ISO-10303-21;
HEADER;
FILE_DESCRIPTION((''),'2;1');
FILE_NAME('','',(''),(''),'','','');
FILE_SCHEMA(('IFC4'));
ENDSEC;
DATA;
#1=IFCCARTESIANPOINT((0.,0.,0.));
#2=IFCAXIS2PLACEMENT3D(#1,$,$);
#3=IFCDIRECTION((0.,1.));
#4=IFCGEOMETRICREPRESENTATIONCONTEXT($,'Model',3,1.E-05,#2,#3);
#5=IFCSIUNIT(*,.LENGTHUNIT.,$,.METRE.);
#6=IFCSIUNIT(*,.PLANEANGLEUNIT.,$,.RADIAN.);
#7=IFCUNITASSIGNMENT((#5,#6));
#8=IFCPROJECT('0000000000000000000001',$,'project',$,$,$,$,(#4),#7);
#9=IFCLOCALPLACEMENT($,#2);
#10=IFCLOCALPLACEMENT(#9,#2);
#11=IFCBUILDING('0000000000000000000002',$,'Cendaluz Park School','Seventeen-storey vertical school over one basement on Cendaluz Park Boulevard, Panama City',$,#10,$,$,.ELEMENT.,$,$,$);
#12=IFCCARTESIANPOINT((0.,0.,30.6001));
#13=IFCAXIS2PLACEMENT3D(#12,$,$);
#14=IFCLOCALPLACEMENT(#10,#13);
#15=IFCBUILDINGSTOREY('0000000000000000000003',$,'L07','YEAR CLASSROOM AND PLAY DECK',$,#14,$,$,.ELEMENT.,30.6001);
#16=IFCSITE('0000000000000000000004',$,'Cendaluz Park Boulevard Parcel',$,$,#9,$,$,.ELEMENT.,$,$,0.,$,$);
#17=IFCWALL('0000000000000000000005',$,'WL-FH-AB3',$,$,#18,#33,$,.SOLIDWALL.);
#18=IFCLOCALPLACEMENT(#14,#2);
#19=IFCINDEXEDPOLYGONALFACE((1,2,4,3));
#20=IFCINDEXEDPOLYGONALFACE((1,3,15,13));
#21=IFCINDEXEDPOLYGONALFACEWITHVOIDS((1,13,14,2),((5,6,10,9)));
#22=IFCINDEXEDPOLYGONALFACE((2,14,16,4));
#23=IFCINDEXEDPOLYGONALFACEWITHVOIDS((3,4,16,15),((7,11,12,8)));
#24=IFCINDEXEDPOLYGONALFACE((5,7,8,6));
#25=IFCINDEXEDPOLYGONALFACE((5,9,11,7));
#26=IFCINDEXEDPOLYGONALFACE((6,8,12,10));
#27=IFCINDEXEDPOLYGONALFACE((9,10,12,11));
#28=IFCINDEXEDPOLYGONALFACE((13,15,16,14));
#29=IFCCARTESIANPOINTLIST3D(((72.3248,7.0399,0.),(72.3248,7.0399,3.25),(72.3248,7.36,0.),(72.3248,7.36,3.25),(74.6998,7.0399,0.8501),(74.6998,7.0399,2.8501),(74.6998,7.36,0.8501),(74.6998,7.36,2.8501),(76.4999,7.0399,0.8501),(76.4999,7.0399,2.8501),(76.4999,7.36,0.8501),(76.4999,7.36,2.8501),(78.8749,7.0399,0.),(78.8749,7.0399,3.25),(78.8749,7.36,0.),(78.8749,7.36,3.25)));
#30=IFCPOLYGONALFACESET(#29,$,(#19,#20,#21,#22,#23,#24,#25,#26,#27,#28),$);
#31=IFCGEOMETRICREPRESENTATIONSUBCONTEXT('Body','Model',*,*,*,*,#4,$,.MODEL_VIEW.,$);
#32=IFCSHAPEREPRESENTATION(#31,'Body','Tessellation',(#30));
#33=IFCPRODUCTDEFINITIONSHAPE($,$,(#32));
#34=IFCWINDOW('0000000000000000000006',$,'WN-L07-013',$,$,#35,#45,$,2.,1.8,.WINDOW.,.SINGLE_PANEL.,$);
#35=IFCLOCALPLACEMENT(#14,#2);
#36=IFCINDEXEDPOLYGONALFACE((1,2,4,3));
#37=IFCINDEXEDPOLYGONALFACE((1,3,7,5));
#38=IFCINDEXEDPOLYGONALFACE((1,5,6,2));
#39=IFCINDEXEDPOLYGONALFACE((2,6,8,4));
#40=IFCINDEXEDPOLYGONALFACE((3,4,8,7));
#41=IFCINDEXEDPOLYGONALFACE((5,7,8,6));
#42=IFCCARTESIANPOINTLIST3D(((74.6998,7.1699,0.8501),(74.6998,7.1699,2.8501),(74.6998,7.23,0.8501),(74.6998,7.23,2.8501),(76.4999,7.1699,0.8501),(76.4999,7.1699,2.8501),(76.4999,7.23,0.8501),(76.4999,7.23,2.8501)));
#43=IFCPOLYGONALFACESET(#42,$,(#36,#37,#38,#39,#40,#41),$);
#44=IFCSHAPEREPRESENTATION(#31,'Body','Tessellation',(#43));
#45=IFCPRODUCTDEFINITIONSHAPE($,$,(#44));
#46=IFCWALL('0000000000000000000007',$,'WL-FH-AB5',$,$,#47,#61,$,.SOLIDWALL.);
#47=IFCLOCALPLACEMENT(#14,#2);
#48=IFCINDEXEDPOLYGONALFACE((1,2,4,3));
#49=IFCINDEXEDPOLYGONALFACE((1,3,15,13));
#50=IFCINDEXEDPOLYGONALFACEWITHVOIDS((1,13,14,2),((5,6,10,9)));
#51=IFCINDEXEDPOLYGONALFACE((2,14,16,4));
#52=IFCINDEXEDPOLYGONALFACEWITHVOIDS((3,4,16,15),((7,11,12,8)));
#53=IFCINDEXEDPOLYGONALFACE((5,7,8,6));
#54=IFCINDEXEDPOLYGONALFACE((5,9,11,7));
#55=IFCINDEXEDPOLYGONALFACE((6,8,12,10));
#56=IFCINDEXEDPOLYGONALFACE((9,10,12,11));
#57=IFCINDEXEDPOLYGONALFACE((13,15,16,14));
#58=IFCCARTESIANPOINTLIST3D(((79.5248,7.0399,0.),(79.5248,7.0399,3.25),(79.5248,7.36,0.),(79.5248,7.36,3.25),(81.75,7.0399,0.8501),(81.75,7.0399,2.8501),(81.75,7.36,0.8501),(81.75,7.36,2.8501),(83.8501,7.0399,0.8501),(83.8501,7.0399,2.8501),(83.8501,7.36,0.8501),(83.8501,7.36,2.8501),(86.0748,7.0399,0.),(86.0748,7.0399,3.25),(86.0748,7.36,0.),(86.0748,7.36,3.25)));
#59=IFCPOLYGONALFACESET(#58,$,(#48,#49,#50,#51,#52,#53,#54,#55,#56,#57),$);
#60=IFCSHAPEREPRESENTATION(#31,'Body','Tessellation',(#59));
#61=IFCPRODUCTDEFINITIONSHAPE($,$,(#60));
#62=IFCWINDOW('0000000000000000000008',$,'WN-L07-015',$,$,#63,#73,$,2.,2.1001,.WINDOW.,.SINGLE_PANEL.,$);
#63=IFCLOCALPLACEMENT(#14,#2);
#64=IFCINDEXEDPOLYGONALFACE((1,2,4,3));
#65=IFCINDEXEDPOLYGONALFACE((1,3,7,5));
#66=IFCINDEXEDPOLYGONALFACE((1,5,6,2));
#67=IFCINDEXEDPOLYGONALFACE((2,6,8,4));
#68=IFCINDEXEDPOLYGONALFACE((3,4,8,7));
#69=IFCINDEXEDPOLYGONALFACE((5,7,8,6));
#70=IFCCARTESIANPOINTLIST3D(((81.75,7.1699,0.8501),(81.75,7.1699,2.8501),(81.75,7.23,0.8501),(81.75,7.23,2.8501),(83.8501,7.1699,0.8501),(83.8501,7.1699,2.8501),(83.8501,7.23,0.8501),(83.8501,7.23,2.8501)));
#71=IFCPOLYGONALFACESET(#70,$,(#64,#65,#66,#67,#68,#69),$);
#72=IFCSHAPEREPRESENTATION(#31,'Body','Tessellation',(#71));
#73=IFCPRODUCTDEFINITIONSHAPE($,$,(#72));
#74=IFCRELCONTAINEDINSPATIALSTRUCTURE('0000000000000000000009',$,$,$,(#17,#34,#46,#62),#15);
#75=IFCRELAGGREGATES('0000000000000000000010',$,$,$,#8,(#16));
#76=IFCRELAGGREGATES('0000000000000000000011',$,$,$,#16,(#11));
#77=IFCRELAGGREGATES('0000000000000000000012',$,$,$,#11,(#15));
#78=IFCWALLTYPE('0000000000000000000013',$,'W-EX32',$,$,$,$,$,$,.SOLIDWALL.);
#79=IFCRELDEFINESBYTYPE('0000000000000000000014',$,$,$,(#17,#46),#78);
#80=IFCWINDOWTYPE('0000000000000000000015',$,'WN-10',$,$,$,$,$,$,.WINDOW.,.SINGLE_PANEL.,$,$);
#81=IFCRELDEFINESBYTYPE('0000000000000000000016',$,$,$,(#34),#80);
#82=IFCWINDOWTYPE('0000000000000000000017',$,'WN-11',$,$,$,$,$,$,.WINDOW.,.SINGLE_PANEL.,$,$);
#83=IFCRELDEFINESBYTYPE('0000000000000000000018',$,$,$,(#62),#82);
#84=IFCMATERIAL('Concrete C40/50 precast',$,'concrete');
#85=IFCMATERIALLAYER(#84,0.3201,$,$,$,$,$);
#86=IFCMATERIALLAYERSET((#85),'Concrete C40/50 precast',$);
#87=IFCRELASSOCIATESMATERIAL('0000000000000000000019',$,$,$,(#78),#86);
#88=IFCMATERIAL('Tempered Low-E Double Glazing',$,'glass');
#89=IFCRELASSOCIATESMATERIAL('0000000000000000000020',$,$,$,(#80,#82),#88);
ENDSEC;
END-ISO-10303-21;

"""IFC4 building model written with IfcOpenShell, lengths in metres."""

from ifc_helpers import new_model, si_unit, direction, frame, frame_2d, origin, place, context, subcontext, project, spatial, rectangle, extrude, material, layer, layer_set, type_object, element, fill, save


model = new_model("IFC4")

# Units and contexts
model_context = context("Model", 3, precision=1e-05, world=origin(), true_north=direction((0.0, 1.0)))
body_context = subcontext(model_context, "Body", "Model", "MODEL_VIEW")
ifc_project = project(units=[si_unit("LENGTHUNIT", "METRE"), si_unit("PLANEANGLEUNIT", "RADIAN")], contexts=[model_context])

# Site, building, storey
site_placement = place(None, origin())
site = spatial("IfcSite", under=ifc_project, at=site_placement, Name="Cendaluz Park Boulevard Parcel", CompositionType="ELEMENT", RefElevation=0.0)
building_placement = place(site_placement, origin())
building = spatial("IfcBuilding", under=site, at=building_placement, Name="Cendaluz Park School", Description="Seventeen-storey vertical school over one basement on Cendaluz Park Boulevard, Panama City", CompositionType="ELEMENT")
storey_placement = place(building_placement, frame((0.0, 0.0, 30.6001)))
storey = spatial("IfcBuildingStorey", under=building, at=storey_placement, Name="L07", Description="YEAR CLASSROOM AND PLAY DECK", CompositionType="ELEMENT", Elevation=30.6001)

# Walls, openings, windows
ifc_material_1 = material(Name="Concrete C40/50 precast", Category="concrete")
ifc_layer_1 = layer(ifc_material_1, 0.3201)
ifc_layer_set_1 = layer_set([ifc_layer_1], Name="Concrete C40/50 precast")
wall_type_1 = type_object("IfcWallType", Name="W-EX32", PredefinedType="SOLIDWALL", material=ifc_layer_set_1)
wall_1_placement = place(storey_placement, frame((72.325, 7.2, 0.0), z_axis=(0.0, 0.0, 1.0), x_axis=(1.0, 0.0, 0.0)))
wall_1 = element("IfcWall", 1, at=wall_1_placement, inside=storey, type_object=wall_type_1, Name="WL-FH-AB3", PredefinedType="SOLIDWALL", context=body_context, shape_type="SweptSolid", body=[
    extrude(rectangle(XDim=6.55, YDim=0.3201, at=frame_2d((3.2749, 0.0))), origin(), (0.0, 0.0, 1.0), 3.25),
])
opening_1_placement = place(wall_1_placement, frame((2.375, 0.0, 0.8501)))
opening_1 = element("IfcOpeningElement", 2, at=opening_1_placement, cuts=wall_1, PredefinedType="OPENING", context=body_context, shape_type="SweptSolid", body=[
    extrude(rectangle(XDim=1.8, YDim=2.0, at=frame_2d((0.8999, 1.0))), frame((0.0, 0.1721, 0.0), z_axis=(0.0, -1.0, 0.0), x_axis=(1.0, 0.0, 0.0)), (0.0, 0.0, 1.0), 0.344),
])
ifc_material_2 = material(Name="Tempered Low-E Double Glazing", Category="glass")
window_type_1 = type_object("IfcWindowType", Name="WN-10", PartitioningType="SINGLE_PANEL", PredefinedType="WINDOW", material=ifc_material_2)
window_1_placement = place(opening_1_placement, origin())
window_1 = element("IfcWindow", 3, at=window_1_placement, inside=storey, type_object=window_type_1, Name="WN-L07-013", OverallHeight=2.0, OverallWidth=1.8, PartitioningType="SINGLE_PANEL", PredefinedType="WINDOW", context=body_context, shape_type="SweptSolid", body=[
    extrude(rectangle(XDim=1.8, YDim=2.0, at=frame_2d((0.8999, 1.0))), frame((0.0, 0.03, 0.0), z_axis=(0.0, -1.0, 0.0), x_axis=(1.0, 0.0, 0.0)), (0.0, 0.0, 1.0), 0.0601),
])
fill(opening_1, window_1)
wall_2_placement = place(storey_placement, frame((79.5249, 7.2, 0.0), z_axis=(0.0, 0.0, 1.0), x_axis=(1.0, 0.0, 0.0)))
wall_2 = element("IfcWall", 4, at=wall_2_placement, inside=storey, type_object=wall_type_1, Name="WL-FH-AB5", PredefinedType="SOLIDWALL", context=body_context, shape_type="SweptSolid", body=[
    extrude(rectangle(XDim=6.55, YDim=0.3201, at=frame_2d((3.2749, 0.0))), origin(), (0.0, 0.0, 1.0), 3.25),
])
opening_2_placement = place(wall_2_placement, frame((2.2251, 0.0, 0.8501)))
opening_2 = element("IfcOpeningElement", 5, at=opening_2_placement, cuts=wall_2, PredefinedType="OPENING", context=body_context, shape_type="SweptSolid", body=[
    extrude(rectangle(XDim=2.1001, YDim=2.0, at=frame_2d((1.05, 1.0))), frame((0.0, 0.1721, 0.0), z_axis=(0.0, -1.0, 0.0), x_axis=(1.0, 0.0, 0.0)), (0.0, 0.0, 1.0), 0.344),
])
window_type_2 = type_object("IfcWindowType", Name="WN-11", PartitioningType="SINGLE_PANEL", PredefinedType="WINDOW", material=ifc_material_2)
window_2_placement = place(opening_2_placement, origin())
window_2 = element("IfcWindow", 6, at=window_2_placement, inside=storey, type_object=window_type_2, Name="WN-L07-015", OverallHeight=2.0, OverallWidth=2.1001, PartitioningType="SINGLE_PANEL", PredefinedType="WINDOW", context=body_context, shape_type="SweptSolid", body=[
    extrude(rectangle(XDim=2.1001, YDim=2.0, at=frame_2d((1.05, 1.0))), frame((0.0, 0.03, 0.0), z_axis=(0.0, -1.0, 0.0), x_axis=(1.0, 0.0, 0.0)), (0.0, 0.0, 1.0), 0.0601),
])
fill(opening_2, window_2)

save(model, "model.ifc")
